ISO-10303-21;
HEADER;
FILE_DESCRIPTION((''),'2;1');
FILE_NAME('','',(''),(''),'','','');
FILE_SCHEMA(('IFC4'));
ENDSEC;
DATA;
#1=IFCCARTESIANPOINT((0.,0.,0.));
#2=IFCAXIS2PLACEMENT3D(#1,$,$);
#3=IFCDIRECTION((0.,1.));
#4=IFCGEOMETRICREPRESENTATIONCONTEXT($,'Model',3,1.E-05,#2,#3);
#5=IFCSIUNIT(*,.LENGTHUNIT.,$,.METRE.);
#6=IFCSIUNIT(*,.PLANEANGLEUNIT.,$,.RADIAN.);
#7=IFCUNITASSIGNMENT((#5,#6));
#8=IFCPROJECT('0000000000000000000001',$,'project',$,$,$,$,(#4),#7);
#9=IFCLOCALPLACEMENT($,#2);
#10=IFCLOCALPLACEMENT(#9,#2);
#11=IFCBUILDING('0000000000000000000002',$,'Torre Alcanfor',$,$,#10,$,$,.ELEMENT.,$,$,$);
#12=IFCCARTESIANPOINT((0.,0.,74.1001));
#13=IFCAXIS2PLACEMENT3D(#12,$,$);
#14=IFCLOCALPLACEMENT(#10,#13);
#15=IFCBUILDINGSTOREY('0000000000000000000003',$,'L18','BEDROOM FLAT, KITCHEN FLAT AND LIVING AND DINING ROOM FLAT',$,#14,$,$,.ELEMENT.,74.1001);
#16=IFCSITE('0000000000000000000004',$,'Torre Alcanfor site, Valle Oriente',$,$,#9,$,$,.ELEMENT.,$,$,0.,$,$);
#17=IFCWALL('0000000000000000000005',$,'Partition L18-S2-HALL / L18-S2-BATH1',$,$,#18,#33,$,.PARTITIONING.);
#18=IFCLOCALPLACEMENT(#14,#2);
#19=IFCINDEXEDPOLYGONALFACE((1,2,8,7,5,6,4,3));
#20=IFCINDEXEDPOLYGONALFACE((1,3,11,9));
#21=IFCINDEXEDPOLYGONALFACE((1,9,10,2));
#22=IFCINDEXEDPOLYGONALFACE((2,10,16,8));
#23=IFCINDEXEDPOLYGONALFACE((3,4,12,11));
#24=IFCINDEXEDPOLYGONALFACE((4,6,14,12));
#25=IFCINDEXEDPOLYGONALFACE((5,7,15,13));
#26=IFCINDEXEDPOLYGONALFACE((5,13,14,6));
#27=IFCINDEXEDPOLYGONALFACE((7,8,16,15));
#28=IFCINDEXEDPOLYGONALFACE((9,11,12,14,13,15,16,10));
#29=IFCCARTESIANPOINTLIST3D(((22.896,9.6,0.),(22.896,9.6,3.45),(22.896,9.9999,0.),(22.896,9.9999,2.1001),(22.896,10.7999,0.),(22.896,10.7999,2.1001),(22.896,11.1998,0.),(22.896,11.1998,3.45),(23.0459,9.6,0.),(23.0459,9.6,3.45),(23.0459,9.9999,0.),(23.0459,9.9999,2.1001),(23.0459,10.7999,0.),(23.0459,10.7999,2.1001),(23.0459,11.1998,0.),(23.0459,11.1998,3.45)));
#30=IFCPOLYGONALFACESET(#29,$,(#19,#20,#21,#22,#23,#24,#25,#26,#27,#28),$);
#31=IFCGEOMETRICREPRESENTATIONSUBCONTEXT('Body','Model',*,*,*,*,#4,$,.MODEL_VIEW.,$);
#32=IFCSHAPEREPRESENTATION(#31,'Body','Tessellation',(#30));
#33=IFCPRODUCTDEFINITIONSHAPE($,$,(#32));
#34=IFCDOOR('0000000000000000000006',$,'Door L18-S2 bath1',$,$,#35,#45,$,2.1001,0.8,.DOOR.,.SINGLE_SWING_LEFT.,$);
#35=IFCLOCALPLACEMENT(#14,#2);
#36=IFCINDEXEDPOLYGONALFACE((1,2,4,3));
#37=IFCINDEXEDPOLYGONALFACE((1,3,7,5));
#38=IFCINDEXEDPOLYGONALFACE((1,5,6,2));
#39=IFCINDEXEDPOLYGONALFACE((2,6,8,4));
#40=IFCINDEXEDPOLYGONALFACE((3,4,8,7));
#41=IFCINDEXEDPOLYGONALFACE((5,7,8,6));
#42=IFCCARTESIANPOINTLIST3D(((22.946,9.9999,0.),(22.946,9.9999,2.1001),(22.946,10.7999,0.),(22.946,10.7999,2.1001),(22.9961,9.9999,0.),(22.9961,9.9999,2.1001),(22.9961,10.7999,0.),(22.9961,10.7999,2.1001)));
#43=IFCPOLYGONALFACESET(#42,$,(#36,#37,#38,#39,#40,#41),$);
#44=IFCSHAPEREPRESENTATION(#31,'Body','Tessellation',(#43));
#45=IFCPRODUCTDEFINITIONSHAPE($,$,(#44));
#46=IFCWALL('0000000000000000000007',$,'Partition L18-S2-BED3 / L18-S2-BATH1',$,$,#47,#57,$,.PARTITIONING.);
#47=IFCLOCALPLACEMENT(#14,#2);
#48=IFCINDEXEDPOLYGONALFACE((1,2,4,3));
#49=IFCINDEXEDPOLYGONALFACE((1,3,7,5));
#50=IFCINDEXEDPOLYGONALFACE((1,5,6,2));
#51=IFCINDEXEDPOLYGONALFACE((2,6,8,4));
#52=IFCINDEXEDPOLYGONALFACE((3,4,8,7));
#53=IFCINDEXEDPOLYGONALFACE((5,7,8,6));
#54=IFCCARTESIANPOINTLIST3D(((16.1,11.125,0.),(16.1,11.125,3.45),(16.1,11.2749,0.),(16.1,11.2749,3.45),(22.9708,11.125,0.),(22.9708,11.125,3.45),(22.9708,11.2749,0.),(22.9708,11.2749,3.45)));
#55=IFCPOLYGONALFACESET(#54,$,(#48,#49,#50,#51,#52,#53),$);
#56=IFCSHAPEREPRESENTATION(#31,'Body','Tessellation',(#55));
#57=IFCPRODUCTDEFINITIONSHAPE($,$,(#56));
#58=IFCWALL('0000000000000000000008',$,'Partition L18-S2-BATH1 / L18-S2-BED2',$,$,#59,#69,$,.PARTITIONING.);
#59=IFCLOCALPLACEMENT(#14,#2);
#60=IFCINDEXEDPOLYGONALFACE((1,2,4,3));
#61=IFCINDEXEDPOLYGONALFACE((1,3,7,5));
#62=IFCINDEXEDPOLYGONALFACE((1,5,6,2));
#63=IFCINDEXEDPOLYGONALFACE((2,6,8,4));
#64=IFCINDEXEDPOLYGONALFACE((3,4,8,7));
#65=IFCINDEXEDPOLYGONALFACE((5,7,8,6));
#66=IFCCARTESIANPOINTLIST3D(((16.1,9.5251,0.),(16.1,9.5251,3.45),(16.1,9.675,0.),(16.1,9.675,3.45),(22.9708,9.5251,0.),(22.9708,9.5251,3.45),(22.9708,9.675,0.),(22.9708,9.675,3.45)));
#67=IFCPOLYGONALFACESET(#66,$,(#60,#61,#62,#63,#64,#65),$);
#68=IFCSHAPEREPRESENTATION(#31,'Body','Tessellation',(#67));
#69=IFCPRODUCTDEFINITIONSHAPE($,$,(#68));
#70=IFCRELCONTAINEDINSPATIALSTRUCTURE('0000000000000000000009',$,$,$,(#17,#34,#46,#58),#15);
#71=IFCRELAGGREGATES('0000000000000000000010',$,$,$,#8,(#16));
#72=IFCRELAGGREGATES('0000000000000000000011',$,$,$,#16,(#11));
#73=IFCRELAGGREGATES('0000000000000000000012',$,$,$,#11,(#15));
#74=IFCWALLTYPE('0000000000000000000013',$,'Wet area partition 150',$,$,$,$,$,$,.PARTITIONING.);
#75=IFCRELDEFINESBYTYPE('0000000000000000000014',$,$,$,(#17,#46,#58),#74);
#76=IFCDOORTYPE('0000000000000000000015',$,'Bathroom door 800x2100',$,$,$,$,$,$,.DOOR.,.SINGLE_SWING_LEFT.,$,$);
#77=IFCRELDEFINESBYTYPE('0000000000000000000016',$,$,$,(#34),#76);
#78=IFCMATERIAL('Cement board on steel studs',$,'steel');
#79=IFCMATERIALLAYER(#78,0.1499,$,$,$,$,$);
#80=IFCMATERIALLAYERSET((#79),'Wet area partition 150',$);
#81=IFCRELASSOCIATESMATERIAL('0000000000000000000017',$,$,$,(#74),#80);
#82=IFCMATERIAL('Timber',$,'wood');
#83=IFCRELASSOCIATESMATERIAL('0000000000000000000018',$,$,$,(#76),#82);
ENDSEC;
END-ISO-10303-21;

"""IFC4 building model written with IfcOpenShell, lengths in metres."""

from ifc_helpers import new_model, si_unit, direction, frame, frame_2d, origin, place, context, subcontext, project, spatial, rectangle, extrude, material, layer, layer_set, type_object, element, fill, save


model = new_model("IFC4")

# Units and contexts
model_context = context("Model", 3, precision=1e-05, world=origin(), true_north=direction((0.0, 1.0)))
body_context = subcontext(model_context, "Body", "Model", "MODEL_VIEW")
ifc_project = project(units=[si_unit("LENGTHUNIT", "METRE"), si_unit("PLANEANGLEUNIT", "RADIAN")], contexts=[model_context])

# Site, building, storey
site_placement = place(None, origin())
site = spatial("IfcSite", under=ifc_project, at=site_placement, Name="Torre Alcanfor site, Valle Oriente", CompositionType="ELEMENT", RefElevation=0.0)
building_placement = place(site_placement, origin())
building = spatial("IfcBuilding", under=site, at=building_placement, Name="Torre Alcanfor", CompositionType="ELEMENT")
storey_placement = place(building_placement, frame((0.0, 0.0, 74.1001)))
storey = spatial("IfcBuildingStorey", under=building, at=storey_placement, Name="L18", Description="BEDROOM FLAT, KITCHEN FLAT AND LIVING AND DINING ROOM FLAT", CompositionType="ELEMENT", Elevation=74.1001)

# Wall, opening, door
ifc_material_1 = material(Name="Cement board on steel studs", Category="steel")
ifc_layer_1 = layer(ifc_material_1, 0.1499)
ifc_layer_set_1 = layer_set([ifc_layer_1], Name="Wet area partition 150")
wall_type_1 = type_object("IfcWallType", Name="Wet area partition 150", PredefinedType="PARTITIONING", material=ifc_layer_set_1)
wall_1_placement = place(storey_placement, frame((22.9709, 9.6001, 0.0), z_axis=(0.0, 0.0, 1.0), x_axis=(0.0, 1.0, 0.0)))
wall_1 = element("IfcWall", 1, at=wall_1_placement, inside=storey, type_object=wall_type_1, Name="Partition L18-S2-HALL / L18-S2-BATH1", PredefinedType="PARTITIONING", context=body_context, shape_type="SweptSolid", body=[
    extrude(rectangle(XDim=1.5999, YDim=0.1499, at=frame_2d((0.7998, 0.0))), origin(), (0.0, 0.0, 1.0), 3.45),
])
opening_1_placement = place(wall_1_placement, frame((0.3999, 0.0, 0.0)))
opening_1 = element("IfcOpeningElement", 2, at=opening_1_placement, cuts=wall_1, PredefinedType="OPENING", context=body_context, shape_type="SweptSolid", body=[
    extrude(rectangle(XDim=0.8, YDim=2.1001, at=frame_2d((0.3999, 1.05))), frame((0.0, 0.085, 0.0), z_axis=(0.0, -1.0, 0.0), x_axis=(1.0, 0.0, 0.0)), (0.0, 0.0, 1.0), 0.1699),
])
ifc_material_2 = material(Name="Timber", Category="wood")
door_type_1 = type_object("IfcDoorType", Name="Bathroom door 800x2100", OperationType="SINGLE_SWING_LEFT", PredefinedType="DOOR", material=ifc_material_2)
door_1_placement = place(opening_1_placement, origin())
door_1 = element("IfcDoor", 3, at=door_1_placement, inside=storey, type_object=door_type_1, Name="Door L18-S2 bath1", OperationType="SINGLE_SWING_LEFT", OverallHeight=2.1001, OverallWidth=0.8, PredefinedType="DOOR", context=body_context, shape_type="SweptSolid", body=[
    extrude(rectangle(XDim=0.8, YDim=2.1001, at=frame_2d((0.3999, 1.05))), frame((0.0, 0.0249, 0.0), z_axis=(0.0, -1.0, 0.0), x_axis=(1.0, 0.0, 0.0)), (0.0, 0.0, 1.0), 0.05),
])
fill(opening_1, door_1)

# Walls
for number, where, z_axis, x_axis, name in (
    (4, (22.9709, 11.2, 0.0), (0.0, 0.0, 1.0), (-1.0, 0.0, 0.0), "Partition L18-S2-BED3 / L18-S2-BATH1"),
    (5, (22.9709, 9.6001, 0.0), (0.0, 0.0, 1.0), (-1.0, 0.0, 0.0), "Partition L18-S2-BATH1 / L18-S2-BED2"),
):
    element("IfcWall", number, at=place(storey_placement, frame(where, z_axis=z_axis, x_axis=x_axis)), inside=storey, type_object=wall_type_1, Name=name, PredefinedType="PARTITIONING", context=body_context, shape_type="SweptSolid", body=[
        extrude(rectangle(XDim=6.8708, YDim=0.1499, at=frame_2d((3.4355, 0.0))), origin(), (0.0, 0.0, 1.0), 3.45),
    ])

save(model, "model.ifc")
